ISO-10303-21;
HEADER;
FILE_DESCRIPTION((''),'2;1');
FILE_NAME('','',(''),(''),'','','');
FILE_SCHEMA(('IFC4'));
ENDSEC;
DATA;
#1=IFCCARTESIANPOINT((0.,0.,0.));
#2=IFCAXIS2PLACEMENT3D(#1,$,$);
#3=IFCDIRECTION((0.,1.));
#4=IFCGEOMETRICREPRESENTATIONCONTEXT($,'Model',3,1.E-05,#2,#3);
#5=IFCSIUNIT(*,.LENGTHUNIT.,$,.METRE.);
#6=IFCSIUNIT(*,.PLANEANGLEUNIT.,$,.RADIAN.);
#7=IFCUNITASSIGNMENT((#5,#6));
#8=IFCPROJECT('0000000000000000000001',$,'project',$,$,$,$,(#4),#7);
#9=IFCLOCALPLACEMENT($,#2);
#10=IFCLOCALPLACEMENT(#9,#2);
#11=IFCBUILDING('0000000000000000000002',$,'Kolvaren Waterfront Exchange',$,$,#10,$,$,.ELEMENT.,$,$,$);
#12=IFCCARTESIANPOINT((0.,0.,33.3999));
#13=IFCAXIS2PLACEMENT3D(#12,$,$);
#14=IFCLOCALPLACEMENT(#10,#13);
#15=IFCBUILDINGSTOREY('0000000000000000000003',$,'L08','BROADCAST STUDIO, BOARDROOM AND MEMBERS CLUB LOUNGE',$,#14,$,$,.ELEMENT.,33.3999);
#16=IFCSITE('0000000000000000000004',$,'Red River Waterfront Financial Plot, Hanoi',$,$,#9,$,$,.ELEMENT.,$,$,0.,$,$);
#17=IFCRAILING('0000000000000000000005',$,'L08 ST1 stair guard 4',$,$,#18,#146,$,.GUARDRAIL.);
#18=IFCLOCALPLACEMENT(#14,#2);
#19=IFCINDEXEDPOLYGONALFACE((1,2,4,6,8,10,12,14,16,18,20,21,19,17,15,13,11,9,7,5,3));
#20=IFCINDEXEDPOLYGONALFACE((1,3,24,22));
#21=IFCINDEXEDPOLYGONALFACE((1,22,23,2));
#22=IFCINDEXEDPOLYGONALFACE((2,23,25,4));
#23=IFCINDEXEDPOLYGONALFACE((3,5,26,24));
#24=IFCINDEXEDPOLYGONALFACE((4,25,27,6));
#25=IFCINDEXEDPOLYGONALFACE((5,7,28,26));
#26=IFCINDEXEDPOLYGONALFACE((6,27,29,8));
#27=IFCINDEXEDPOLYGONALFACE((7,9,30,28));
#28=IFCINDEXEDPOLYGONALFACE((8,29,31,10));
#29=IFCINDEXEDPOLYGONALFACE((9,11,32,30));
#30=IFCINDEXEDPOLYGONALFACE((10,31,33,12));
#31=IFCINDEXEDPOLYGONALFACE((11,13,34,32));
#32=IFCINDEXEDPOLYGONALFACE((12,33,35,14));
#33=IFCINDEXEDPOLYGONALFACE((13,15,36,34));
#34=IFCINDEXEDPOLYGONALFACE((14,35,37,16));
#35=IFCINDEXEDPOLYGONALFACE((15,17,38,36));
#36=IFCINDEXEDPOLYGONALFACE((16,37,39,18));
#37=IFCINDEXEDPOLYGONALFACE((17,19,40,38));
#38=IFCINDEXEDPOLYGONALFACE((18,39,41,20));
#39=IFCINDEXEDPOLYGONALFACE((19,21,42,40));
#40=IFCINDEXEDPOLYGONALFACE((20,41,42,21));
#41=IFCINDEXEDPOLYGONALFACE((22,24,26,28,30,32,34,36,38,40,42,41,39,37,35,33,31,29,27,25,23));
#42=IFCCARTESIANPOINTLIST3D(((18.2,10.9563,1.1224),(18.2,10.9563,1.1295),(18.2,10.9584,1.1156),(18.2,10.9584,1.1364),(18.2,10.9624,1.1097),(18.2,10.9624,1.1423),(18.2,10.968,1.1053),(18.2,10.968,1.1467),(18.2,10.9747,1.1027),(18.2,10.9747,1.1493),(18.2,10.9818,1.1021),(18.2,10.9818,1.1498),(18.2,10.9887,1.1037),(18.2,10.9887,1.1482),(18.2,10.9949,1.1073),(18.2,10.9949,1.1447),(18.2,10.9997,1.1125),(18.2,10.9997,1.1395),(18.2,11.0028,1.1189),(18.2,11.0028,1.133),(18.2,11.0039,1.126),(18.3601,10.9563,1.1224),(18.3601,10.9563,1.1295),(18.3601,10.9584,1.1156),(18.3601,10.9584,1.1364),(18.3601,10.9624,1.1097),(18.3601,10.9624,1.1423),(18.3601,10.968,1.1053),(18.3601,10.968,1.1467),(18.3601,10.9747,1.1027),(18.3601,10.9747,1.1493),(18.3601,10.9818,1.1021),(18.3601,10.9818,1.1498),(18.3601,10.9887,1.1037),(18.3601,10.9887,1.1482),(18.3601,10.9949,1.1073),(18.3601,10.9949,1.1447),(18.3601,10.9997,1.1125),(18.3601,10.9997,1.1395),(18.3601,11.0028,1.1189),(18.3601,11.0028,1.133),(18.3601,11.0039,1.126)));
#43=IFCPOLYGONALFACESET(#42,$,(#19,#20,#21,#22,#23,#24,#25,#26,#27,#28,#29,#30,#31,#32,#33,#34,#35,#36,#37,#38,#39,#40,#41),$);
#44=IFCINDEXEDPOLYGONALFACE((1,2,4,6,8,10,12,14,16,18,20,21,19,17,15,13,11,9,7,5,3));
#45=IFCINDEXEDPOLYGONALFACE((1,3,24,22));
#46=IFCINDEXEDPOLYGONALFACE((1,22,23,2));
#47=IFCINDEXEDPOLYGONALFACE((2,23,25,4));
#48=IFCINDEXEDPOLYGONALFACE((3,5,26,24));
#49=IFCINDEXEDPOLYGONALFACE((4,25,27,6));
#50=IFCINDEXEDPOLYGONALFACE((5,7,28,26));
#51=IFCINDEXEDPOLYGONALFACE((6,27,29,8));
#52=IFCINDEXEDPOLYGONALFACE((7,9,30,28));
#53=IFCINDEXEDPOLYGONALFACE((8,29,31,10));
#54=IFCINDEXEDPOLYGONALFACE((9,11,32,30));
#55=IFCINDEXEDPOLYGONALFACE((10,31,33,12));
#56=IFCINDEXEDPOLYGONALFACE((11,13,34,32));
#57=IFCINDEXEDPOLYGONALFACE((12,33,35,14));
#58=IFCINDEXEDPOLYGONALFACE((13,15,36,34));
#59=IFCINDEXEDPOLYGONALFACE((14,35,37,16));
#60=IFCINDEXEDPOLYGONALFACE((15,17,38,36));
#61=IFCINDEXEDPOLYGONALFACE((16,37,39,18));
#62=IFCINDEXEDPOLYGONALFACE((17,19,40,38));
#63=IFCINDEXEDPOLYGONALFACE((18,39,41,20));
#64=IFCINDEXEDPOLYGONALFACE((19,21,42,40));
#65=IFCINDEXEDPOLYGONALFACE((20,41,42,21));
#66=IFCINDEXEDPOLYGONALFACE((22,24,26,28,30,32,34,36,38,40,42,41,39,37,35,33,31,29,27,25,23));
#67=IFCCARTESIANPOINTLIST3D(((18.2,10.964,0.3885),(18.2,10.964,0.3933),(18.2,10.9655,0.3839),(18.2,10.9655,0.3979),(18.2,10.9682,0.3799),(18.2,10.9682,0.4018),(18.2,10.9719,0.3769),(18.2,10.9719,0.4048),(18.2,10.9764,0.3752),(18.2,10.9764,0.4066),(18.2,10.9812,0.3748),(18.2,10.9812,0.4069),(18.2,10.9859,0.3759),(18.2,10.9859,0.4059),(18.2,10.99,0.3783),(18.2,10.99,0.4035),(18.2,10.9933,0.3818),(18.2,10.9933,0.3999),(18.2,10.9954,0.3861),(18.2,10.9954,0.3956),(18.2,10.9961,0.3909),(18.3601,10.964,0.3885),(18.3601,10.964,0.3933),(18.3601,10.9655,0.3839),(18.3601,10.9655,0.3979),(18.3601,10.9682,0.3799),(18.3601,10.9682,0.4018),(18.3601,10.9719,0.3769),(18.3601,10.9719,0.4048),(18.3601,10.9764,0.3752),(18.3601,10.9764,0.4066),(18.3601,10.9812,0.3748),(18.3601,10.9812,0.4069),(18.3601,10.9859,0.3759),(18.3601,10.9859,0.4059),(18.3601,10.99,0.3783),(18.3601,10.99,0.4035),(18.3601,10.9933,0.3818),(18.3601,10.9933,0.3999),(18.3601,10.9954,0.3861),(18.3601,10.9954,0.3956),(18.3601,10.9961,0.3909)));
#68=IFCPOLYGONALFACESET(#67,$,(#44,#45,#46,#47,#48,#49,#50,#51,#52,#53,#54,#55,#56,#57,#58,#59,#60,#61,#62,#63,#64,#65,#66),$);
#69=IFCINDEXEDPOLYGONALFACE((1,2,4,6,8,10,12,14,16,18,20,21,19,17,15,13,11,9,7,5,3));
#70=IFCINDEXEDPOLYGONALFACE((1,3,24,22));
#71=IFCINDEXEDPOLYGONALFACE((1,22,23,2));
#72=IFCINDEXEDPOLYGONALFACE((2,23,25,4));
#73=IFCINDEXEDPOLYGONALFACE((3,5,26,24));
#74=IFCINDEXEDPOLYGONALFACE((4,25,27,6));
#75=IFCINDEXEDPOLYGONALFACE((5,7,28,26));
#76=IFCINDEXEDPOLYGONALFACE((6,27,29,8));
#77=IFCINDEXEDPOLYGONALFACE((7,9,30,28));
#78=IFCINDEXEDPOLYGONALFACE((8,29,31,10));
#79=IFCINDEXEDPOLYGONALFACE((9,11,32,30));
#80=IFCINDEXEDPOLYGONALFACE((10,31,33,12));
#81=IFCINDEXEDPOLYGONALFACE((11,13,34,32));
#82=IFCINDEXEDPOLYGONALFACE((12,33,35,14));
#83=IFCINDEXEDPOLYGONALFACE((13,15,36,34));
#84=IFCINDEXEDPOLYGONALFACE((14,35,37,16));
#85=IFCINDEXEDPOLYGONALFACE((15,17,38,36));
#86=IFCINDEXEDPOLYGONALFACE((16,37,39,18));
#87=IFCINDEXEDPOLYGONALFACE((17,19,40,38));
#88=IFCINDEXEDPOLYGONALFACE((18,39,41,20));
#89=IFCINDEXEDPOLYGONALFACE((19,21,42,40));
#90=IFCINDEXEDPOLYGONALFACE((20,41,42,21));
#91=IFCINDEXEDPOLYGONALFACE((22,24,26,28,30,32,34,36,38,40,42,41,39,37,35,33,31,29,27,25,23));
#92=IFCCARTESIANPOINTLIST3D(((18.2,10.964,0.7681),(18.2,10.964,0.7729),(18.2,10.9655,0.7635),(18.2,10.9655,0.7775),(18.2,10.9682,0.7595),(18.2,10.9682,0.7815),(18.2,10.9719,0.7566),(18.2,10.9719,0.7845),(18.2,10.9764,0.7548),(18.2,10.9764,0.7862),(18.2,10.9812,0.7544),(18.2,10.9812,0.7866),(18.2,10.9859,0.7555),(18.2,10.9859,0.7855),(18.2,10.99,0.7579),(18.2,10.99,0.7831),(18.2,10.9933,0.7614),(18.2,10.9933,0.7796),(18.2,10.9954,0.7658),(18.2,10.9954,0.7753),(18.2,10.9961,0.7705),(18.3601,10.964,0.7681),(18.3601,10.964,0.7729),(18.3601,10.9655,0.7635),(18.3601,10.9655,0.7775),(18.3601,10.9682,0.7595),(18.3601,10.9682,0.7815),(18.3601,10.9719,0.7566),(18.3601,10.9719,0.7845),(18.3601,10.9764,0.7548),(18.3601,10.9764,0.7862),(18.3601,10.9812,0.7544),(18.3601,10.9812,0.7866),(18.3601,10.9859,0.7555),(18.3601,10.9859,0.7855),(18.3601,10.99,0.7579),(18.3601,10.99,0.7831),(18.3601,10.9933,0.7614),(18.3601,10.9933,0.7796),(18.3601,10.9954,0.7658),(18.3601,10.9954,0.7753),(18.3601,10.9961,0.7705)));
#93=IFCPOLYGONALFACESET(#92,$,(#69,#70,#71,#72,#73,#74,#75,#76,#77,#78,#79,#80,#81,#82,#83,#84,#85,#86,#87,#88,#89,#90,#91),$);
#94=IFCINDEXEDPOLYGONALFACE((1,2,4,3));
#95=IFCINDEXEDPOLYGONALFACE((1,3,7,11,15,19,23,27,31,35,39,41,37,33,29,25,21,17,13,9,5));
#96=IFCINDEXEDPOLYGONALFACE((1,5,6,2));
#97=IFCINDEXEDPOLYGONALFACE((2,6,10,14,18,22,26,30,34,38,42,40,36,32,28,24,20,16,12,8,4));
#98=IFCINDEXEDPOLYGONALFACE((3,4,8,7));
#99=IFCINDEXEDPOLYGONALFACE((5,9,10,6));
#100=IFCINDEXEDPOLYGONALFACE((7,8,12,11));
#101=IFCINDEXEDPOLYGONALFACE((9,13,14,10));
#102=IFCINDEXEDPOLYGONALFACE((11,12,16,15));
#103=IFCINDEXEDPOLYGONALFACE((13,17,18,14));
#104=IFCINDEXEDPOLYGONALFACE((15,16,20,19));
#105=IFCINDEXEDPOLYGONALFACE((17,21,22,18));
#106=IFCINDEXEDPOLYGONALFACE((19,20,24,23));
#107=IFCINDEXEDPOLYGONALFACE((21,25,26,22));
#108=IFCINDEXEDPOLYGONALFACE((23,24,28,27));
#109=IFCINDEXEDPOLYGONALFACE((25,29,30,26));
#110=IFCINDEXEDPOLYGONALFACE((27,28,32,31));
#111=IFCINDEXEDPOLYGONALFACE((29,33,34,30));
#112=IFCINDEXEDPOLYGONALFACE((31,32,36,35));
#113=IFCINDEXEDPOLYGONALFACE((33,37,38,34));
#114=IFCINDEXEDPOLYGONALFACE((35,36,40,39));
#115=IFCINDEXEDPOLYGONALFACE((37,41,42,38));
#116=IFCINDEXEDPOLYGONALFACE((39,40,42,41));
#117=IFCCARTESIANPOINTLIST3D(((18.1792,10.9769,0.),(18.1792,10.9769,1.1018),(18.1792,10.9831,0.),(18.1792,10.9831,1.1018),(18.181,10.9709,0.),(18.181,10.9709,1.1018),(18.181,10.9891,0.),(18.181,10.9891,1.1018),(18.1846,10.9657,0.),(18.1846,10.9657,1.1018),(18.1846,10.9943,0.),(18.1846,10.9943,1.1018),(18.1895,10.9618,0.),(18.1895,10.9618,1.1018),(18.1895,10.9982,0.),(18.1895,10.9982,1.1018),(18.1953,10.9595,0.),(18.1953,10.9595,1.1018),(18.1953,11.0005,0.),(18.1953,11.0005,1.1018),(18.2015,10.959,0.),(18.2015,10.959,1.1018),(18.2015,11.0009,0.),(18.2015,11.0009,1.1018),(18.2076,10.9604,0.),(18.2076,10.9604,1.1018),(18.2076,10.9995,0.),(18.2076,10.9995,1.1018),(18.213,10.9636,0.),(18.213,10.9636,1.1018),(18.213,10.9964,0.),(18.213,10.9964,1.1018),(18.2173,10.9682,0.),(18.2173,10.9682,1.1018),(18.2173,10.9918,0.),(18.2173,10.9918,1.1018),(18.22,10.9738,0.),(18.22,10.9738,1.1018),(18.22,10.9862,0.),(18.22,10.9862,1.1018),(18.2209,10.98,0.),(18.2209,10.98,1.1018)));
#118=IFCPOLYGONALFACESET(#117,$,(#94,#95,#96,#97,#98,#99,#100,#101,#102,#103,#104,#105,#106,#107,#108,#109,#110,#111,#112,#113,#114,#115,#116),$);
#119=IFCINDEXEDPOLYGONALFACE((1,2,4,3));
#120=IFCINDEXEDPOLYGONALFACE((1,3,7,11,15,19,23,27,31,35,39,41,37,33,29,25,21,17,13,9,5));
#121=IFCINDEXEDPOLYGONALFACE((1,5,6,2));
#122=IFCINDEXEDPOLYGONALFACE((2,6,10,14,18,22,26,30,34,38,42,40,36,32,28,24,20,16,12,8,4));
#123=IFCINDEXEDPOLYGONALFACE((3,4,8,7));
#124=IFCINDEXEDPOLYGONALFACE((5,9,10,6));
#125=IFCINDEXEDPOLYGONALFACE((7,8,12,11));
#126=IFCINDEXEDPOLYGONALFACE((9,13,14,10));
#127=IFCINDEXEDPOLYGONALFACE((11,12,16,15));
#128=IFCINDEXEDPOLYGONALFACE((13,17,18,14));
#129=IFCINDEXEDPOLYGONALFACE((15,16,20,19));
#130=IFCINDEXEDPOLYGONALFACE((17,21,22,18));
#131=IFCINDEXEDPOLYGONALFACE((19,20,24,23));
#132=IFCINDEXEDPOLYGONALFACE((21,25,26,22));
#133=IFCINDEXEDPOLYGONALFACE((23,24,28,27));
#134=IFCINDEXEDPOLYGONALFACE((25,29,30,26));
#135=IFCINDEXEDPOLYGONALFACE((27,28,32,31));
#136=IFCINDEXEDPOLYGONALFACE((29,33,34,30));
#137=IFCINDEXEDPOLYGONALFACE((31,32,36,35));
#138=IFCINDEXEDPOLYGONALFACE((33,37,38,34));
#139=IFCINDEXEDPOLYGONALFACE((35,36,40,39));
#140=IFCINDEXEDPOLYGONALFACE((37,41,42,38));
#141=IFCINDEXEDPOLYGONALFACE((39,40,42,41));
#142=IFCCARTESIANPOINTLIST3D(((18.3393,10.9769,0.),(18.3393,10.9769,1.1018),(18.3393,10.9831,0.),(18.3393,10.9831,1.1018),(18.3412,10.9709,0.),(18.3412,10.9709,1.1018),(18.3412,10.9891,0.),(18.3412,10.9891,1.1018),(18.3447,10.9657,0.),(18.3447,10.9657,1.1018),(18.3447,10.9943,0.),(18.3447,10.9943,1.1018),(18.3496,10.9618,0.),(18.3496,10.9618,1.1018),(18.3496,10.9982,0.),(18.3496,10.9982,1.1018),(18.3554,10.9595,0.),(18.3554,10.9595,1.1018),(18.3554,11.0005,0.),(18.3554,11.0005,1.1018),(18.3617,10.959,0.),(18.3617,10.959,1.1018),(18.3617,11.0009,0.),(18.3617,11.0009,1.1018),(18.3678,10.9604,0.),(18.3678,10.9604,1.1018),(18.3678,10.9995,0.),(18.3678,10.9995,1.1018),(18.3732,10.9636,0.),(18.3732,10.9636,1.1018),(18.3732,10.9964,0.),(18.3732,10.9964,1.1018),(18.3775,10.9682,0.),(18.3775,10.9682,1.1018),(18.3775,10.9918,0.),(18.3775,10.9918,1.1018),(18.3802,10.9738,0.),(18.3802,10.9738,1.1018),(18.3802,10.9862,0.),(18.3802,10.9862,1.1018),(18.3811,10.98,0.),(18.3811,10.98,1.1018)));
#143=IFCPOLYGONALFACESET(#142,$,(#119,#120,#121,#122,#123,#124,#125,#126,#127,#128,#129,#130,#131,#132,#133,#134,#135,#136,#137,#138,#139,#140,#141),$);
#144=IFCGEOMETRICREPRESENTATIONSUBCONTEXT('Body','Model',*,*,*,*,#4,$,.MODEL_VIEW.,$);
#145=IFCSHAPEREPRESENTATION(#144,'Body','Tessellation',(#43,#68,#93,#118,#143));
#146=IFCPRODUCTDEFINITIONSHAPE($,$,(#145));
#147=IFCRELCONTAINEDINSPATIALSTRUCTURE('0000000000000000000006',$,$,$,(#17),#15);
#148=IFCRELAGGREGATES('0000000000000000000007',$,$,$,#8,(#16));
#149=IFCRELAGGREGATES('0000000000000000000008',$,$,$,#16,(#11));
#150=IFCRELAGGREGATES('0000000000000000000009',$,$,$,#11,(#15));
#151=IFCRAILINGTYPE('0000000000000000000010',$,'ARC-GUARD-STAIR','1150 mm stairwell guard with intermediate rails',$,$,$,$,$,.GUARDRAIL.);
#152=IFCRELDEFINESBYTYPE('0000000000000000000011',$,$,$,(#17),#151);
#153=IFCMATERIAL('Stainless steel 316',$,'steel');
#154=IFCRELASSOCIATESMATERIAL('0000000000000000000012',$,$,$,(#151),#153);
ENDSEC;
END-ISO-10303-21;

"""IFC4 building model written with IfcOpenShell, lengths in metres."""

from ifc_helpers import new_model, si_unit, direction, frame, origin, origin_2d, place, context, subcontext, project, spatial, circle, extrude, material, type_object, element, save


model = new_model("IFC4")

# Units and contexts
model_context = context("Model", 3, precision=1e-05, world=origin(), true_north=direction((0.0, 1.0)))
body_context = subcontext(model_context, "Body", "Model", "MODEL_VIEW")
ifc_project = project(units=[si_unit("LENGTHUNIT", "METRE"), si_unit("PLANEANGLEUNIT", "RADIAN")], contexts=[model_context])

# Site, building, storey
site_placement = place(None, origin())
site = spatial("IfcSite", under=ifc_project, at=site_placement, Name="Red River Waterfront Financial Plot, Hanoi", CompositionType="ELEMENT", RefElevation=0.0)
building_placement = place(site_placement, origin())
building = spatial("IfcBuilding", under=site, at=building_placement, Name="Kolvaren Waterfront Exchange", CompositionType="ELEMENT")
storey_placement = place(building_placement, frame((0.0, 0.0, 33.3999)))
storey = spatial("IfcBuildingStorey", under=building, at=storey_placement, Name="L08", Description="BROADCAST STUDIO, BOARDROOM AND MEMBERS CLUB LOUNGE", CompositionType="ELEMENT", Elevation=33.3999)

# Railing
ifc_material_1 = material(Name="Stainless steel 316", Category="steel")
railing_type_1 = type_object("IfcRailingType", Name="ARC-GUARD-STAIR", Description="1150 mm stairwell guard with intermediate rails", PredefinedType="GUARDRAIL", material=ifc_material_1)
railing_1_placement = place(storey_placement, frame((18.2, 10.98, 0.0)))
element("IfcRailing", 1, at=railing_1_placement, inside=storey, type_object=railing_type_1, Name="L08 ST1 stair guard 4", PredefinedType="GUARDRAIL", context=body_context, shape_type="SweptSolid", body=[
    extrude(circle(Radius=0.0239, at=origin_2d()), frame((0.0, 0.0, 1.126), z_axis=(1.0, 0.0, 0.0), x_axis=(0.0, 1.0, 0.0)), (0.0, 0.0, 1.0), 0.1602),
    extrude(circle(Radius=0.0161, at=origin_2d()), frame((0.0, 0.0, 0.3909), z_axis=(1.0, 0.0, 0.0), x_axis=(0.0, 1.0, 0.0)), (0.0, 0.0, 1.0), 0.1602),
    extrude(circle(Radius=0.0161, at=origin_2d()), frame((0.0, 0.0, 0.7705), z_axis=(1.0, 0.0, 0.0), x_axis=(0.0, 1.0, 0.0)), (0.0, 0.0, 1.0), 0.1602),
    extrude(circle(Radius=0.021, at=origin_2d()), origin(), (0.0, 0.0, 1.0), 1.1018),
    extrude(circle(Radius=0.021, at=origin_2d()), frame((0.1602, 0.0, 0.0)), (0.0, 0.0, 1.0), 1.1018),
])

save(model, "model.ifc")
